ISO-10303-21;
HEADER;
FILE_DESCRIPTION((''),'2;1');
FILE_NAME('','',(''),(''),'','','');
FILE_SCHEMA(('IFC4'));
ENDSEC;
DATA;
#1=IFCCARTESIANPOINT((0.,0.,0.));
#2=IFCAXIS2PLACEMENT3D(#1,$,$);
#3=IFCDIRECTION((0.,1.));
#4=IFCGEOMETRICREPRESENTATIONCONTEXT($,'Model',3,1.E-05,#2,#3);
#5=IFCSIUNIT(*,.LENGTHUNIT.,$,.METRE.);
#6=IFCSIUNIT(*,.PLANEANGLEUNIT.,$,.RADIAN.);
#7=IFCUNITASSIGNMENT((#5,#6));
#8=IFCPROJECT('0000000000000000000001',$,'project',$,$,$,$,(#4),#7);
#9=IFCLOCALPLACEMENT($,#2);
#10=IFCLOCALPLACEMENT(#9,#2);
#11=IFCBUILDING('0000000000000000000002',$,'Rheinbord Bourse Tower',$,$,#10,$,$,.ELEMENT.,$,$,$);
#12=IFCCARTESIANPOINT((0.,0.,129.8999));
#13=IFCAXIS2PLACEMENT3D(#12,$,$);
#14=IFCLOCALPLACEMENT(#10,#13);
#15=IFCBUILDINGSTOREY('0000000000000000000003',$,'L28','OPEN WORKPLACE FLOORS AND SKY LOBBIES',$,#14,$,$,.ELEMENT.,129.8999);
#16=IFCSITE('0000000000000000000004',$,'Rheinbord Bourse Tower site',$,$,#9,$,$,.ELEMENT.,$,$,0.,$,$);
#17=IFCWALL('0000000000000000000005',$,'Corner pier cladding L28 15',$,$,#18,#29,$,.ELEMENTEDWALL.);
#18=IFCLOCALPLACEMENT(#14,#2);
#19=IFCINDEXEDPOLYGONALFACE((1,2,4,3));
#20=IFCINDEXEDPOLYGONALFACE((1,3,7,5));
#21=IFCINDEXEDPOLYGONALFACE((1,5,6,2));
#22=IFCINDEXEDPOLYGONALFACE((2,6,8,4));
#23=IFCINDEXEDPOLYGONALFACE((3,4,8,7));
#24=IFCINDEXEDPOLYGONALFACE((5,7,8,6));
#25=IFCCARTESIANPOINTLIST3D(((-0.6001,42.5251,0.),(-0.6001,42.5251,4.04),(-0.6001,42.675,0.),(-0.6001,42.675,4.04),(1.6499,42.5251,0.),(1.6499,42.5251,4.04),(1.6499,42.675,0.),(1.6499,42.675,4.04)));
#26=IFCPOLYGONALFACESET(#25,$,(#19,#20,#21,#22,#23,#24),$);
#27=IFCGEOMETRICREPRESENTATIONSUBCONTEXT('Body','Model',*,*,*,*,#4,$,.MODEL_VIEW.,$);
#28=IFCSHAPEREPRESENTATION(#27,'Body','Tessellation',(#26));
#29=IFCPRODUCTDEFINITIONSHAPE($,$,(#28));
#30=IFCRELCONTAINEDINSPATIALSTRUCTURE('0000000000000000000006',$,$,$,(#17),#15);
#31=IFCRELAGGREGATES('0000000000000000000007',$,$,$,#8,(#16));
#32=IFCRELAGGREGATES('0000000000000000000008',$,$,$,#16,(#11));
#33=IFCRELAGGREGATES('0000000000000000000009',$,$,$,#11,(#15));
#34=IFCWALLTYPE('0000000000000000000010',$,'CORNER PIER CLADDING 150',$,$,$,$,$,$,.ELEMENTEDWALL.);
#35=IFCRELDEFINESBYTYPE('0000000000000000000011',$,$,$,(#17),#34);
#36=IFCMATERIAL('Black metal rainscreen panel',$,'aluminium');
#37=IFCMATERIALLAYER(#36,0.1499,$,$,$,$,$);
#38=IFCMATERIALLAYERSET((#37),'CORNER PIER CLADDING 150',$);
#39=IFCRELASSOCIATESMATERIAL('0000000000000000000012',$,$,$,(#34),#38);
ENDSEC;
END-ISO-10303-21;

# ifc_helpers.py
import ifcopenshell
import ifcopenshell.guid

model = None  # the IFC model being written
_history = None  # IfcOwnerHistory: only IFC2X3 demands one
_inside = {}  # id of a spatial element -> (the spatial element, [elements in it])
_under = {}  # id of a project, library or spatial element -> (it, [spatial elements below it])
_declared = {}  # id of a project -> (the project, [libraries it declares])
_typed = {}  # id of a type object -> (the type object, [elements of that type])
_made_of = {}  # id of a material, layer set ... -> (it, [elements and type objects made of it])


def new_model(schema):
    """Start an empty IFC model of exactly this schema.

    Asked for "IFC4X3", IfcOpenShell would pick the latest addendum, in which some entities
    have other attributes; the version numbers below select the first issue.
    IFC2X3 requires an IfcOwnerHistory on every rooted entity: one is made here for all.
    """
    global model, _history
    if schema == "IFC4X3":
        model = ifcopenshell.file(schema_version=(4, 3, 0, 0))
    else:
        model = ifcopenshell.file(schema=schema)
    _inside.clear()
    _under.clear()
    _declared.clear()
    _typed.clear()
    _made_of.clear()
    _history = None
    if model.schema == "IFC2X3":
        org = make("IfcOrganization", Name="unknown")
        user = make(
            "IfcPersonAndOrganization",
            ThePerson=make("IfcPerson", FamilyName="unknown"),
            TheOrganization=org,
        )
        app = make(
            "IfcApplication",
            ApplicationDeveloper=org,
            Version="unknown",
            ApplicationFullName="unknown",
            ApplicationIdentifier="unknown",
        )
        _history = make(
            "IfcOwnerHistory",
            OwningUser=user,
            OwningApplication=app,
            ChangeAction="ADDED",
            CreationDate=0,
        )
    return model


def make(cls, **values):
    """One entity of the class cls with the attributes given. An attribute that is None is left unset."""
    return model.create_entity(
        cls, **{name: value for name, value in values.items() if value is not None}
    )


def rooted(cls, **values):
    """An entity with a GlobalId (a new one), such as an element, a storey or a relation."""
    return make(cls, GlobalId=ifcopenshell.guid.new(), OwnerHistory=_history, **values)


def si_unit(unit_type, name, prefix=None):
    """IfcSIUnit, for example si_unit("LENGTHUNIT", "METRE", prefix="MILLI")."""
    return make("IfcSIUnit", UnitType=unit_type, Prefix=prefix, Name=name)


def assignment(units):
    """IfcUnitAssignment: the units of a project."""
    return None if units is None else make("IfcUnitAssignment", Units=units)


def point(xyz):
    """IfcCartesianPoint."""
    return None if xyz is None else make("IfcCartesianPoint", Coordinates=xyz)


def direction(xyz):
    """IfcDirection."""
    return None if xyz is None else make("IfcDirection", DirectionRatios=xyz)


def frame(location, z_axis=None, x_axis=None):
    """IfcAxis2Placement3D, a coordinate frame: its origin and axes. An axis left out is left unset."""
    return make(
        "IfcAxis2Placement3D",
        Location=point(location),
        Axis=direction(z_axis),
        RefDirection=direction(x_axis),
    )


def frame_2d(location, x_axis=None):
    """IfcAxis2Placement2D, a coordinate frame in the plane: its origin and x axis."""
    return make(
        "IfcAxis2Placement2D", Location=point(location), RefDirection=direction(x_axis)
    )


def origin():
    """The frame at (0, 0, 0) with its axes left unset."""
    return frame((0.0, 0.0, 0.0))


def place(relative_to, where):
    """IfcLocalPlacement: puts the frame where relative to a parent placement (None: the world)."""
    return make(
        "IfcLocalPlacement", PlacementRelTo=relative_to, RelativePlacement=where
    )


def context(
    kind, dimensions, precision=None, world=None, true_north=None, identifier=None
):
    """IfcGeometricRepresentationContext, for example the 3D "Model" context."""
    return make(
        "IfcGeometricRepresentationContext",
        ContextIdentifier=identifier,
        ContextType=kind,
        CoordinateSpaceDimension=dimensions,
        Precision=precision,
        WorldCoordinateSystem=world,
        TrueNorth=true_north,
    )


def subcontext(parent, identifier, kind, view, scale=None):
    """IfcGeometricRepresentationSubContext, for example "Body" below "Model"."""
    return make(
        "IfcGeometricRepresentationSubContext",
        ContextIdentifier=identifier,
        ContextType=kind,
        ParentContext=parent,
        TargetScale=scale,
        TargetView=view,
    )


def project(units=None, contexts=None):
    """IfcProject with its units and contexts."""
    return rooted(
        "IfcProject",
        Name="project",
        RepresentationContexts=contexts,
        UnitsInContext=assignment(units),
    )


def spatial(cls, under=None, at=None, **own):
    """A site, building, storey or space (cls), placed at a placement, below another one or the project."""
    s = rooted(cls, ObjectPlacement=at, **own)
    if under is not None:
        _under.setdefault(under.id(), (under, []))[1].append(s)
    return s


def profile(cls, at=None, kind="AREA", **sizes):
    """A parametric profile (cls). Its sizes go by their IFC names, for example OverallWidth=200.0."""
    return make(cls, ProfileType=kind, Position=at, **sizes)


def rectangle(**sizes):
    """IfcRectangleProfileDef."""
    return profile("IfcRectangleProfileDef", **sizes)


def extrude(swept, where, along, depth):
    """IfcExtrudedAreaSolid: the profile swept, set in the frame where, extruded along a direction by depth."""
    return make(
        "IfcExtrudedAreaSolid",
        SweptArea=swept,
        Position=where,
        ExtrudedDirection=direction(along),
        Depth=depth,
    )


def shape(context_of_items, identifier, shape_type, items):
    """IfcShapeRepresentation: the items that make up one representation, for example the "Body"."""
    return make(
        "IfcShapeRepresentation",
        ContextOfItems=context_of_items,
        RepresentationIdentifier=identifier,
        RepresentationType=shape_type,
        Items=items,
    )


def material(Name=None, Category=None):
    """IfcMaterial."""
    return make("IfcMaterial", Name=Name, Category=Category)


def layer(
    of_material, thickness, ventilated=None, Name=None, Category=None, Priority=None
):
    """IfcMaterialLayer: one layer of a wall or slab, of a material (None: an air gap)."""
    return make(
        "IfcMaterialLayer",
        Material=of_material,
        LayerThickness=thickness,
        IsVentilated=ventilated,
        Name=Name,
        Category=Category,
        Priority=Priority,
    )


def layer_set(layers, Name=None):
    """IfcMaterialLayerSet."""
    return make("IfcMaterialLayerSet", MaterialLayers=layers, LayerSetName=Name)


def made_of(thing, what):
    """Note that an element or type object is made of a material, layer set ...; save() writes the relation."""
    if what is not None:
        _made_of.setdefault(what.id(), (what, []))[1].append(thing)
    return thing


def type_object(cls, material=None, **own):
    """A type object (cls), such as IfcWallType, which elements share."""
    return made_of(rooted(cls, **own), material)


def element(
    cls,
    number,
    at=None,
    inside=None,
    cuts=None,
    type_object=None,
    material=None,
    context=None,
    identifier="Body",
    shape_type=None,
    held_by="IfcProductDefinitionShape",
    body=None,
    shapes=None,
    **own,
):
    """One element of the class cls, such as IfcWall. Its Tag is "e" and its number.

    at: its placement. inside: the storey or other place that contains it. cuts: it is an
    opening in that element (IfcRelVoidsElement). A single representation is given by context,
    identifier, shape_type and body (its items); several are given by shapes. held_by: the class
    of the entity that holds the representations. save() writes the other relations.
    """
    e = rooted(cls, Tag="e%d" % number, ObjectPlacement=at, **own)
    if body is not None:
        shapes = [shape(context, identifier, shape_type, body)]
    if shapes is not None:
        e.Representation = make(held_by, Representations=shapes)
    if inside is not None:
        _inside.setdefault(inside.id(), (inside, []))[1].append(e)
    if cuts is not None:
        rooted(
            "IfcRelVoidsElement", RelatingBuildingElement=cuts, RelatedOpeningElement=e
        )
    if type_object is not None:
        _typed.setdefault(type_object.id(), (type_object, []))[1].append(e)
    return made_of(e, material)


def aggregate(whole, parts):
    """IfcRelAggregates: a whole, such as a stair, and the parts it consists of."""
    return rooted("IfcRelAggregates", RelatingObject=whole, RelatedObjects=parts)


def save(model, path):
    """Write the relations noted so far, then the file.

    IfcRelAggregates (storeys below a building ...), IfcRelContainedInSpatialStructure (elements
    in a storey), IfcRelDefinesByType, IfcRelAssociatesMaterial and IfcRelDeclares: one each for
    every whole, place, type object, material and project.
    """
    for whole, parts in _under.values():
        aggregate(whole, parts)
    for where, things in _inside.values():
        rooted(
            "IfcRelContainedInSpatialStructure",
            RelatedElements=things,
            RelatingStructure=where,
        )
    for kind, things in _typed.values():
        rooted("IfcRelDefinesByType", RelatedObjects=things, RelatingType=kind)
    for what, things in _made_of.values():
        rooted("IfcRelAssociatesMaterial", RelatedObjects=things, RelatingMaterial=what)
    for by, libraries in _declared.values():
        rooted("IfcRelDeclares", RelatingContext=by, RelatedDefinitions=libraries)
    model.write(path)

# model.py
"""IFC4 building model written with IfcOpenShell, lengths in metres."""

from ifc_helpers import new_model, si_unit, direction, frame, frame_2d, origin, place, context, subcontext, project, spatial, rectangle, extrude, material, layer, layer_set, type_object, element, save


model = new_model("IFC4")

# Units and contexts
model_context = context("Model", 3, precision=1e-05, world=origin(), true_north=direction((0.0, 1.0)))
body_context = subcontext(model_context, "Body", "Model", "MODEL_VIEW")
ifc_project = project(units=[si_unit("LENGTHUNIT", "METRE"), si_unit("PLANEANGLEUNIT", "RADIAN")], contexts=[model_context])

# Site, building, storey
site_placement = place(None, origin())
site = spatial("IfcSite", under=ifc_project, at=site_placement, Name="Rheinbord Bourse Tower site", CompositionType="ELEMENT", RefElevation=0.0)
building_placement = place(site_placement, origin())
building = spatial("IfcBuilding", under=site, at=building_placement, Name="Rheinbord Bourse Tower", CompositionType="ELEMENT")
storey_placement = place(building_placement, frame((0.0, 0.0, 129.8999)))
storey = spatial("IfcBuildingStorey", under=building, at=storey_placement, Name="L28", Description="OPEN WORKPLACE FLOORS AND SKY LOBBIES", CompositionType="ELEMENT", Elevation=129.8999)

# Wall
ifc_material_1 = material(Name="Black metal rainscreen panel", Category="aluminium")
ifc_layer_1 = layer(ifc_material_1, 0.1499)
ifc_layer_set_1 = layer_set([ifc_layer_1], Name="CORNER PIER CLADDING 150")
wall_type = type_object("IfcWallType", Name="CORNER PIER CLADDING 150", PredefinedType="ELEMENTEDWALL", material=ifc_layer_set_1)
wall_1_placement = place(storey_placement, frame((1.6499, 42.6001, 0.0), z_axis=(0.0, 0.0, 1.0), x_axis=(-1.0, 0.0, 0.0)))
element("IfcWall", 1, at=wall_1_placement, inside=storey, type_object=wall_type, Name="Corner pier cladding L28 15", PredefinedType="ELEMENTEDWALL", context=body_context, shape_type="SweptSolid", body=[
    extrude(rectangle(XDim=2.25, YDim=0.1499, at=frame_2d((1.125, 0.0))), origin(), (0.0, 0.0, 1.0), 4.04),
])

save(model, "model.ifc")
